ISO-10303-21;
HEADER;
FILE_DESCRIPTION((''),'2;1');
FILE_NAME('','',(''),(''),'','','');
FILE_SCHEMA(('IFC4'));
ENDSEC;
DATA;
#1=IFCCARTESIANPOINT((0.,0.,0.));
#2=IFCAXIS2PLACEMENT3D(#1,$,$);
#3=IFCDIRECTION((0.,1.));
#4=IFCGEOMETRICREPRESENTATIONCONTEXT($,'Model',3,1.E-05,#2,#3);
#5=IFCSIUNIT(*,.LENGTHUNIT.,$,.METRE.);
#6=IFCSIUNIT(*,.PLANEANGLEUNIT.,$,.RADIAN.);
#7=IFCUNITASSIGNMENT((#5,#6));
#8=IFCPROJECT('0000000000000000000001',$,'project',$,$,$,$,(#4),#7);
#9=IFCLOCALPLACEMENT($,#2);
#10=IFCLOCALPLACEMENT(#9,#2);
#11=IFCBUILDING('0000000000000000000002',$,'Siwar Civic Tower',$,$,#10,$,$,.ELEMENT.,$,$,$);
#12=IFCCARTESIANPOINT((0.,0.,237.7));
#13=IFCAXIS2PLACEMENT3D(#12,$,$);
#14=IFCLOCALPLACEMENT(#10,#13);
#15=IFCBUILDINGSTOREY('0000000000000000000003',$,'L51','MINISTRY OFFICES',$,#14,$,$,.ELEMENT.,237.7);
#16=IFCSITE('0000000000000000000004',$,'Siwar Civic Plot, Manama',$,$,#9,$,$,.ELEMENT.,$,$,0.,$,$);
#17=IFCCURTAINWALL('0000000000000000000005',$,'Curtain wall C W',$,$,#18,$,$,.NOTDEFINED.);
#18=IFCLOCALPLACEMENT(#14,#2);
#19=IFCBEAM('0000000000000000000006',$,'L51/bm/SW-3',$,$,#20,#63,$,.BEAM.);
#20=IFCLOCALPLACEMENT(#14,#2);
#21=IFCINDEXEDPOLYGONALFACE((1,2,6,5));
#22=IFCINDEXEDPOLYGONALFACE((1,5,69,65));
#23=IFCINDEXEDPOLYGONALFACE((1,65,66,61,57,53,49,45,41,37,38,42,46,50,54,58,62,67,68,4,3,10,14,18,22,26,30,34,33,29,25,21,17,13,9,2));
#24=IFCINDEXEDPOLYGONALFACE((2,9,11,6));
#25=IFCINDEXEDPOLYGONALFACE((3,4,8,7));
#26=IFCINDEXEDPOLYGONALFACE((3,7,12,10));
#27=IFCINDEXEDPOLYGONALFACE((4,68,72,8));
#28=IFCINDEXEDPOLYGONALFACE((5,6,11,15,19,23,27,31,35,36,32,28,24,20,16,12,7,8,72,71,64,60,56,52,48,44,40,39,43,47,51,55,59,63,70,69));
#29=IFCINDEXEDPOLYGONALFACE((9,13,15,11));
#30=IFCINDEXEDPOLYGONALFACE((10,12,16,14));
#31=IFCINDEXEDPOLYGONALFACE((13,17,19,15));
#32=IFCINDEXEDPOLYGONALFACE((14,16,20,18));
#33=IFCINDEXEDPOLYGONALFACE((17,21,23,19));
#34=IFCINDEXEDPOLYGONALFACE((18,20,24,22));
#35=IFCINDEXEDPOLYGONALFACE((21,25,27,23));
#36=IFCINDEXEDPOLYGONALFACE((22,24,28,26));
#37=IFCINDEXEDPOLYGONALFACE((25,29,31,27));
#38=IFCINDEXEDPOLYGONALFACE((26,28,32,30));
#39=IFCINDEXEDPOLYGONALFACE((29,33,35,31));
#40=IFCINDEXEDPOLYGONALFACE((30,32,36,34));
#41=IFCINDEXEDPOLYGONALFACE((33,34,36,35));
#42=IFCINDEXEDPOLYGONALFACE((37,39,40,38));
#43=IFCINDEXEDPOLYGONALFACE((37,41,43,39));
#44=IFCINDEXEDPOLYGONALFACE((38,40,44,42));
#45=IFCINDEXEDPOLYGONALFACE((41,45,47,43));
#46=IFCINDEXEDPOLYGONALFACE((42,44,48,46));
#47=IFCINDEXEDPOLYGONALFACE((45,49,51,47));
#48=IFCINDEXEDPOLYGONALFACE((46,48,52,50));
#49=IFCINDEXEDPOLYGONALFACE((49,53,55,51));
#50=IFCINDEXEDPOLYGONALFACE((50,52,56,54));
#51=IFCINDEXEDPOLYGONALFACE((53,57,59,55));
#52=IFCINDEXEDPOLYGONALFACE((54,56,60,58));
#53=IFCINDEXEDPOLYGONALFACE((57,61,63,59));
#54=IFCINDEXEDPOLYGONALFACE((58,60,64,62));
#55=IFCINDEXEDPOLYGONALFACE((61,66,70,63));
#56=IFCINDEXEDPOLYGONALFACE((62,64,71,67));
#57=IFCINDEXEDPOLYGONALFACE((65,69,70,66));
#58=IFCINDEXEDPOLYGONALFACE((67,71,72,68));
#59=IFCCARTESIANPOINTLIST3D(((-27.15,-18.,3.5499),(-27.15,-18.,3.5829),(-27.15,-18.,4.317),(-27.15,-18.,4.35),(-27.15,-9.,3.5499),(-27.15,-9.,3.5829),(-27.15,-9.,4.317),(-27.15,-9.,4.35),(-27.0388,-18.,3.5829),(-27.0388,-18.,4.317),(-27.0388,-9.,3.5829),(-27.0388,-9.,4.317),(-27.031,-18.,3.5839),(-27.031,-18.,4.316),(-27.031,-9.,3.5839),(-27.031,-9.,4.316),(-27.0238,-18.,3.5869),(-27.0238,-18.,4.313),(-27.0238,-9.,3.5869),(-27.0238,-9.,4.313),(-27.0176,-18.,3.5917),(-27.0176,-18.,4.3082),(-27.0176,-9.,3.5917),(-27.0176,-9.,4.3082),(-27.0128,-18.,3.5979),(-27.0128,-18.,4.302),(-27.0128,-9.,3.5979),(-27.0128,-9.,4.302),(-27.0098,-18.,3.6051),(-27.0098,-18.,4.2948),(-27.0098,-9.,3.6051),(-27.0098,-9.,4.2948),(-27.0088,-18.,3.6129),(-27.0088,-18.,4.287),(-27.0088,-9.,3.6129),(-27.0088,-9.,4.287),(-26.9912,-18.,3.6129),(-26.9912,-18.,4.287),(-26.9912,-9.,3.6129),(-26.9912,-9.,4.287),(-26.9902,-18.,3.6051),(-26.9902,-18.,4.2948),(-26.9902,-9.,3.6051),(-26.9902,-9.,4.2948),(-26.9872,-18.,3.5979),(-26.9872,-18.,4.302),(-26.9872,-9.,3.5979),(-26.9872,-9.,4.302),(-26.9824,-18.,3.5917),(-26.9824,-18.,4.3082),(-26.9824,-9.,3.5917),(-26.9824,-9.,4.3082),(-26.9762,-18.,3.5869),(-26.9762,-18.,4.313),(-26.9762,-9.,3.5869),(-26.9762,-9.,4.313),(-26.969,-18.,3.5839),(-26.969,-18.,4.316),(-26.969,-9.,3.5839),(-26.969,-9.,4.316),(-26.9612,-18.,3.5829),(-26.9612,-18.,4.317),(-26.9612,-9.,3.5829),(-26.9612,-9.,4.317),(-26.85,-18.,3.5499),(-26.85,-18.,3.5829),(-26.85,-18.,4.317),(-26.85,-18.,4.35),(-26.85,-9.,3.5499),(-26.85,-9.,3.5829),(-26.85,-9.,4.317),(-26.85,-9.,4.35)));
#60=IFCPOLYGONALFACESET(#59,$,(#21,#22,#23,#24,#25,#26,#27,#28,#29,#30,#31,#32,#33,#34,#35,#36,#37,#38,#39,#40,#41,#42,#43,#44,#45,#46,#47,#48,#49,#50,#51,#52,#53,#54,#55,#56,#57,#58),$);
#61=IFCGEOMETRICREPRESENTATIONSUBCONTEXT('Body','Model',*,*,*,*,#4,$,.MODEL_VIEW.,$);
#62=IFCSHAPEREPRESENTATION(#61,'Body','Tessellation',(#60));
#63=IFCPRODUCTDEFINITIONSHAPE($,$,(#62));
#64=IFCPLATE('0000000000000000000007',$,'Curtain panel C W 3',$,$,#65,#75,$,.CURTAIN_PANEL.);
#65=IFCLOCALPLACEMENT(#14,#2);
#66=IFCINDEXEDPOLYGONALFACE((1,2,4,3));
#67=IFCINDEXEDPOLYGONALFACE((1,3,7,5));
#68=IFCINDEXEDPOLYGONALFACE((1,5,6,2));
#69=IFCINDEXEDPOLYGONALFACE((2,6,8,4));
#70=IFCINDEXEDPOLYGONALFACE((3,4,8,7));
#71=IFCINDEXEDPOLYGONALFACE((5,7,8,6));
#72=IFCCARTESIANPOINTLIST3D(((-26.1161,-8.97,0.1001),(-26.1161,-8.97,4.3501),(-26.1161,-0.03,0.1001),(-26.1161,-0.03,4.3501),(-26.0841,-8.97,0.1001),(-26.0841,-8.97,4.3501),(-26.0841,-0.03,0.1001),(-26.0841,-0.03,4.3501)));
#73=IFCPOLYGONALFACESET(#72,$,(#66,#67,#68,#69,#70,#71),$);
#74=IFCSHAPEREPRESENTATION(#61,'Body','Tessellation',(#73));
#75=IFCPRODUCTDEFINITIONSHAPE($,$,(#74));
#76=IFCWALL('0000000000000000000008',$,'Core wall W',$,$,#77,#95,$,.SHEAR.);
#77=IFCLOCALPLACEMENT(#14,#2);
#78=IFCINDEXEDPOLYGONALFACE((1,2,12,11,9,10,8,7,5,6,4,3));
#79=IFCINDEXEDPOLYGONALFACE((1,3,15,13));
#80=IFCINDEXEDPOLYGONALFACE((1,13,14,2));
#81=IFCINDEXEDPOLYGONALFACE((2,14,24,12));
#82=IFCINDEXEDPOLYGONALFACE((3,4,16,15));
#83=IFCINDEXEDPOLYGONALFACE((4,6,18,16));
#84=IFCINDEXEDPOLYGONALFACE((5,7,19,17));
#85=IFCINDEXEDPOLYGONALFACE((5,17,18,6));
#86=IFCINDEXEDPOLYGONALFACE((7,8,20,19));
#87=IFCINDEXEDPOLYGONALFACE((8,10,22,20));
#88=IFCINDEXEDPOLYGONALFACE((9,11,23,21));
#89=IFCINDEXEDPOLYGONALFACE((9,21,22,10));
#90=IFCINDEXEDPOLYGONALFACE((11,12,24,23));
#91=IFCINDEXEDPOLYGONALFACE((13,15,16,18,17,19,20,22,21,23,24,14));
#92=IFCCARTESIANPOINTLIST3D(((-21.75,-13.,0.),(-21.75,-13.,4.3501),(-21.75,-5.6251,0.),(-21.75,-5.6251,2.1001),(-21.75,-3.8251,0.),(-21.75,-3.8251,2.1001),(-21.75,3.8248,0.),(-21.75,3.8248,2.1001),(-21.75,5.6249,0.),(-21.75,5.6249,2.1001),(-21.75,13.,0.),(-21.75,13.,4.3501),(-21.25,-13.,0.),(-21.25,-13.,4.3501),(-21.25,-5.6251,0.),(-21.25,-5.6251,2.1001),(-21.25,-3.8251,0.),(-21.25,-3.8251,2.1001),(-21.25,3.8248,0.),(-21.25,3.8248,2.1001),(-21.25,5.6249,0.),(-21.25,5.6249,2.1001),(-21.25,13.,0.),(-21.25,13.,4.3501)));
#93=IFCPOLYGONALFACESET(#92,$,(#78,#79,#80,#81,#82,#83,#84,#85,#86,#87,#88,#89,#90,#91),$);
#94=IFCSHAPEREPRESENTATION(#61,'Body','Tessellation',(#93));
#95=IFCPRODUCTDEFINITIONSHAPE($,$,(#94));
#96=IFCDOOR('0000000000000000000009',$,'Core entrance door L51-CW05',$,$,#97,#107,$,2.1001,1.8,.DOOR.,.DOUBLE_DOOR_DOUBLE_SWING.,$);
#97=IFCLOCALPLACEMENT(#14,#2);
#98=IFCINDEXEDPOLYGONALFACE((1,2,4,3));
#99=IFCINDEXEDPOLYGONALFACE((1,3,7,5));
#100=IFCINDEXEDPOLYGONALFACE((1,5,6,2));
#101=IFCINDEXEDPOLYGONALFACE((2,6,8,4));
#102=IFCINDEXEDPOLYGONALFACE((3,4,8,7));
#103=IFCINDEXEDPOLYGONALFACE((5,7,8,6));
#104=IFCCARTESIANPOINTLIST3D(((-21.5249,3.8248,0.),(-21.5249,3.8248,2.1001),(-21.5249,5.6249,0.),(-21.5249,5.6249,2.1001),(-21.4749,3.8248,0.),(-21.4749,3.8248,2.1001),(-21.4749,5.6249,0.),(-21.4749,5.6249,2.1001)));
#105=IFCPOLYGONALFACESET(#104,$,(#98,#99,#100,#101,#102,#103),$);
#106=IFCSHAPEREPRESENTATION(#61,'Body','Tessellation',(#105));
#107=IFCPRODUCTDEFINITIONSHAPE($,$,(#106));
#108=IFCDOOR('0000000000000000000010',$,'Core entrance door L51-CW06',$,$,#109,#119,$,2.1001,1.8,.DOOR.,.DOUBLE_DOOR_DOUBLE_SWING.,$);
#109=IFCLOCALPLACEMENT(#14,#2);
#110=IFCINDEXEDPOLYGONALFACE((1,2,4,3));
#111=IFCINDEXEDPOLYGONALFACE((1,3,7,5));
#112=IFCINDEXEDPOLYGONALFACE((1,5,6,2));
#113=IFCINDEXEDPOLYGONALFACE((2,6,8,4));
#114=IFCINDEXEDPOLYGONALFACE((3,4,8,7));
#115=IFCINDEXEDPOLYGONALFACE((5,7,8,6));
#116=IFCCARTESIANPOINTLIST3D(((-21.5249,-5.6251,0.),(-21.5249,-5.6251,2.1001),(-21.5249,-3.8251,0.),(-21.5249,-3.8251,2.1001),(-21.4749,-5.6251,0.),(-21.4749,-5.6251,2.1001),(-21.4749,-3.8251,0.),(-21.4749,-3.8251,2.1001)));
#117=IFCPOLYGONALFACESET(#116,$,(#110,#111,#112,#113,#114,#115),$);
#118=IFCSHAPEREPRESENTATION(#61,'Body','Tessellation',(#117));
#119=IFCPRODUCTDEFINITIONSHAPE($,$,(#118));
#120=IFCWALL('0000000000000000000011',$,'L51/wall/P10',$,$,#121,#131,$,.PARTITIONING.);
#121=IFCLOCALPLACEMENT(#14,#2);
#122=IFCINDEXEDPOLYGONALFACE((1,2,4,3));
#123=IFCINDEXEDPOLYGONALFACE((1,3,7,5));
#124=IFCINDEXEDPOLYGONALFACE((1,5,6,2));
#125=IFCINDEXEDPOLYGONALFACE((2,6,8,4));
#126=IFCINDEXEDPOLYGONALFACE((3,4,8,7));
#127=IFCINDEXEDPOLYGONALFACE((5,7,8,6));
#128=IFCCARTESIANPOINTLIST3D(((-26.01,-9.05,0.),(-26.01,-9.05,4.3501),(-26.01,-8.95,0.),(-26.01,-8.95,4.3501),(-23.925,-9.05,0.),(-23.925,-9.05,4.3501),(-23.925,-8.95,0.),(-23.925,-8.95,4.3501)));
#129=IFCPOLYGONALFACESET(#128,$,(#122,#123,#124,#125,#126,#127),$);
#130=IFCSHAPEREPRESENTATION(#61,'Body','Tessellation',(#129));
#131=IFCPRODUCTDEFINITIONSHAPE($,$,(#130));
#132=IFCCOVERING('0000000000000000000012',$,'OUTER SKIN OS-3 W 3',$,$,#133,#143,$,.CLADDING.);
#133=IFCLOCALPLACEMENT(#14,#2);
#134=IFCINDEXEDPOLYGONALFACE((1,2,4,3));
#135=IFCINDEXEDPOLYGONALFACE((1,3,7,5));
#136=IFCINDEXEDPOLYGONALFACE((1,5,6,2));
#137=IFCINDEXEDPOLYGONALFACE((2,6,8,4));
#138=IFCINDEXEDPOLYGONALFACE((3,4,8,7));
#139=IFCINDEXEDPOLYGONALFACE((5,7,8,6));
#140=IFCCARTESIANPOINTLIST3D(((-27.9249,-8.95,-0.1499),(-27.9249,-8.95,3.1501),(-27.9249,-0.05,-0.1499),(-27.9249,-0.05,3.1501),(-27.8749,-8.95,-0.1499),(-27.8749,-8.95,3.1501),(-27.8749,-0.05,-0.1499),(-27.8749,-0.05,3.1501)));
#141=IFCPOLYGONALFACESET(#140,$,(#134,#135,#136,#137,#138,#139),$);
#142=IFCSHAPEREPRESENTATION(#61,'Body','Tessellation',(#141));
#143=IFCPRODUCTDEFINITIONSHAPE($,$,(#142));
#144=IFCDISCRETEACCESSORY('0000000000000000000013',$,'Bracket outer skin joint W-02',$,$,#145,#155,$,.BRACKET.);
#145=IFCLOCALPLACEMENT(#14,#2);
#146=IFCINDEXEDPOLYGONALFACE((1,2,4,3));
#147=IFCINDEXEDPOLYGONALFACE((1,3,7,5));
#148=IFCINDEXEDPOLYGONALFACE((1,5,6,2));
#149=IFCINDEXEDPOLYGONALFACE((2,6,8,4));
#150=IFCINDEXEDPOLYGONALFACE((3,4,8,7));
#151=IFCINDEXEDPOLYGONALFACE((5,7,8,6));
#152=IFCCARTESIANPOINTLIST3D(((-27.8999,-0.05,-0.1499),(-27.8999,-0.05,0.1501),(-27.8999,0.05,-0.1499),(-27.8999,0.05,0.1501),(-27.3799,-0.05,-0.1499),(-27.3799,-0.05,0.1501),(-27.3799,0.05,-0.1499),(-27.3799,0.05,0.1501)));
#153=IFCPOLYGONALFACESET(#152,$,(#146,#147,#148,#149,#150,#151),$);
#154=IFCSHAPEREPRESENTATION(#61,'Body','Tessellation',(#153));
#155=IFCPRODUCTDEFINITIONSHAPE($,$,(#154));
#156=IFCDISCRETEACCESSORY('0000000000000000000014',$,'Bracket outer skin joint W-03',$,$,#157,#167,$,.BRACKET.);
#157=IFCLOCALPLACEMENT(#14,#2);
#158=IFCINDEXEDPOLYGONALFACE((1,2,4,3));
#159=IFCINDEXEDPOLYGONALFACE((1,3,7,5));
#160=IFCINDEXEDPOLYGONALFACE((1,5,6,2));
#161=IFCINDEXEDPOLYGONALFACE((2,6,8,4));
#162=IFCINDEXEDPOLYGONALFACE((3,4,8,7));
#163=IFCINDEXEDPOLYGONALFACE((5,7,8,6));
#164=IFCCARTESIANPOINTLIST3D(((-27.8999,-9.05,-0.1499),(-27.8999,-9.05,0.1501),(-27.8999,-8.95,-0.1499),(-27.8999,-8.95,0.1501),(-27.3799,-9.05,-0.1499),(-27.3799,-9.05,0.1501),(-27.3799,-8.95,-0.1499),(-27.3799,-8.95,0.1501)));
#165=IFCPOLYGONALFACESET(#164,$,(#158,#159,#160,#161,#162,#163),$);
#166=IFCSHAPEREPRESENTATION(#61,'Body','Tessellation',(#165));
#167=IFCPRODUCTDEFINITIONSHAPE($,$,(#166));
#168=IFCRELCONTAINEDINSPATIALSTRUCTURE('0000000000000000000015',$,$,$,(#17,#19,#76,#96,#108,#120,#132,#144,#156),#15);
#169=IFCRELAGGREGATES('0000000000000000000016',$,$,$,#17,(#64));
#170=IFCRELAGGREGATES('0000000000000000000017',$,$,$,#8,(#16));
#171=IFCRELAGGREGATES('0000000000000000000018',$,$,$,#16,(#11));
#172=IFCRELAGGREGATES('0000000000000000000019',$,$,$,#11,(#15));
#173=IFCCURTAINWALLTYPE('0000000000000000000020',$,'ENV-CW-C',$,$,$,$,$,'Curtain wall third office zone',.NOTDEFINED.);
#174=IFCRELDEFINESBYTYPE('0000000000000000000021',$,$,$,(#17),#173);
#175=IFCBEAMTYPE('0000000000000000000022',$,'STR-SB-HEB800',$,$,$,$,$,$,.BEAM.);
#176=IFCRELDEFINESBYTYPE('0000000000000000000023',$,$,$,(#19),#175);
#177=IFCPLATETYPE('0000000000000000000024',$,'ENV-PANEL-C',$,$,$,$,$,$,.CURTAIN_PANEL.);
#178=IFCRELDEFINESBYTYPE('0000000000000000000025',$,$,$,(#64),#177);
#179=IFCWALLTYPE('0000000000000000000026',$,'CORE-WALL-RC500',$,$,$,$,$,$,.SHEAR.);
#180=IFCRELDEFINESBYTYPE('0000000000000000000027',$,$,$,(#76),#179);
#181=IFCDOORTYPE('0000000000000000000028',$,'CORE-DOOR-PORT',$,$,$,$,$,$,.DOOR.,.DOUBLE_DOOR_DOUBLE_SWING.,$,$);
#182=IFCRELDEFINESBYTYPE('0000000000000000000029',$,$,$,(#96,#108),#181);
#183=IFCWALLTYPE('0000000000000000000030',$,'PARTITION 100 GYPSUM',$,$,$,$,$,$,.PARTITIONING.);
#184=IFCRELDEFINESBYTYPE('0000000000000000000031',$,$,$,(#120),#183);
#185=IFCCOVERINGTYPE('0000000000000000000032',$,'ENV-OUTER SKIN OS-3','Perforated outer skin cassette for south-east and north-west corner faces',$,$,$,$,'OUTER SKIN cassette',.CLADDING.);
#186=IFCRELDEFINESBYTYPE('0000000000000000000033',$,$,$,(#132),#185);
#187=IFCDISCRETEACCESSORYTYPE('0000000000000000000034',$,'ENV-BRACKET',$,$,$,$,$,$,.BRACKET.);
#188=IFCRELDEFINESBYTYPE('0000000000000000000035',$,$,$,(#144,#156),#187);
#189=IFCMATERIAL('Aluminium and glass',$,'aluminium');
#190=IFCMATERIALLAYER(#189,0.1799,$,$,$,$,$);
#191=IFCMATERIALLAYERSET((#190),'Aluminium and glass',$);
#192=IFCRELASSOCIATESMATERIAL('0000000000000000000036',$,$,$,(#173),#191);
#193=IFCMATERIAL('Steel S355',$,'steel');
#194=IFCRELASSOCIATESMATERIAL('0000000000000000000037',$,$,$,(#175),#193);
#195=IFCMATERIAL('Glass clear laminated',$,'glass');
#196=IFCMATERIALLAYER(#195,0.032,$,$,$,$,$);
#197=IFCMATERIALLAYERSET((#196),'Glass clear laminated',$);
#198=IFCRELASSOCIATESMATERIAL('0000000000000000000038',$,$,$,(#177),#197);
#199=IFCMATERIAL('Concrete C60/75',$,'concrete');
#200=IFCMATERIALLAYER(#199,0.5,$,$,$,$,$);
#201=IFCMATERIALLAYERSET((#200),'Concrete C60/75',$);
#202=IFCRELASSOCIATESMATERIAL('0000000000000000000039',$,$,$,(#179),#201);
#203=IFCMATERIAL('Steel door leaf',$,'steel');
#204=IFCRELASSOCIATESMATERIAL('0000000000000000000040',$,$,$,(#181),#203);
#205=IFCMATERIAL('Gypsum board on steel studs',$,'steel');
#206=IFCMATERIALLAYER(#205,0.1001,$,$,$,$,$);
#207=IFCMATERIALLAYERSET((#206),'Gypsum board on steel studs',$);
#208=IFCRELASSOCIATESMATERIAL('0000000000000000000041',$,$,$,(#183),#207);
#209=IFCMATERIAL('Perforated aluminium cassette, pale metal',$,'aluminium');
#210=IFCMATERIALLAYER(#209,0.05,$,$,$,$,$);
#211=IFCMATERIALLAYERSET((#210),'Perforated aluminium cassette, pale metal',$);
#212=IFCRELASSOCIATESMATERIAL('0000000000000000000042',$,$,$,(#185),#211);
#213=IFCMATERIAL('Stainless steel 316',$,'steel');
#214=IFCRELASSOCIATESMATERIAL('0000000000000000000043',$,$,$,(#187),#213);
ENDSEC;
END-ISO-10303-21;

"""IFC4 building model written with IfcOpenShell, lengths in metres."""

from ifc_helpers import new_model, si_unit, direction, frame, frame_2d, origin, origin_2d, place, context, subcontext, project, spatial, rectangle, i_section, extrude, material, layer, layer_set, material_profile, profile_set, type_object, element, fill, aggregate, save


model = new_model("IFC4")

# Units and contexts
model_context = context("Model", 3, precision=1e-05, world=origin(), true_north=direction((0.0, 1.0)))
body_context = subcontext(model_context, "Body", "Model", "MODEL_VIEW")
ifc_project = project(units=[si_unit("LENGTHUNIT", "METRE"), si_unit("PLANEANGLEUNIT", "RADIAN")], contexts=[model_context])

# Site, building, storey
site_placement = place(None, origin())
site = spatial("IfcSite", under=ifc_project, at=site_placement, Name="Siwar Civic Plot, Manama", CompositionType="ELEMENT", RefElevation=0.0)
building_placement = place(site_placement, origin())
building = spatial("IfcBuilding", under=site, at=building_placement, Name="Siwar Civic Tower", CompositionType="ELEMENT")
storey_placement = place(building_placement, frame((0.0, 0.0, 237.7)))
storey = spatial("IfcBuildingStorey", under=building, at=storey_placement, Name="L51", Description="MINISTRY OFFICES", CompositionType="ELEMENT", Elevation=237.7)

# Curtain wall
ifc_material_1 = material(Name="Aluminium and glass", Category="aluminium")
ifc_layer_1 = layer(ifc_material_1, 0.1799)
ifc_layer_set_1 = layer_set([ifc_layer_1], Name="Aluminium and glass")
curtain_wall_type = type_object("IfcCurtainWallType", Name="ENV-CW-C", ElementType="Curtain wall third office zone", PredefinedType="NOTDEFINED", material=ifc_layer_set_1)
curtain_wall_placement = place(storey_placement, origin())
curtain_wall = element("IfcCurtainWall", 1, at=curtain_wall_placement, inside=storey, type_object=curtain_wall_type, Name="Curtain wall C W", PredefinedType="NOTDEFINED")

# Beam
ifc_material_2 = material(Name="Steel S355", Category="steel")
ifc_material_profile_1 = material_profile(ifc_material_2, i_section(OverallWidth=0.3, OverallDepth=0.8, WebThickness=0.0176, FlangeThickness=0.033, FilletRadius=0.03, at=origin_2d()), Name="HEB800")
ifc_profile_set_1 = profile_set([ifc_material_profile_1], Name="Steel S355")
beam_type_1 = type_object("IfcBeamType", Name="STR-SB-HEB800", PredefinedType="BEAM", material=ifc_profile_set_1)
beam_placement = place(storey_placement, frame((-27.0, -9.0, 3.95), z_axis=(0.0, -1.0, 0.0), x_axis=(1.0, 0.0, 0.0)))
element("IfcBeam", 2, at=beam_placement, inside=storey, type_object=beam_type_1, Name="L51/bm/SW-3", PredefinedType="BEAM", context=body_context, shape_type="SweptSolid", body=[
    extrude(i_section(OverallWidth=0.3, OverallDepth=0.8, WebThickness=0.0176, FlangeThickness=0.033, FilletRadius=0.03, at=origin_2d()), origin(), (0.0, 0.0, 1.0), 9.0),
])

# Plate
ifc_material_3 = material(Name="Glass clear laminated", Category="glass")
ifc_layer_2 = layer(ifc_material_3, 0.032)
ifc_layer_set_2 = layer_set([ifc_layer_2], Name="Glass clear laminated")
plate_type = type_object("IfcPlateType", Name="ENV-PANEL-C", PredefinedType="CURTAIN_PANEL", material=ifc_layer_set_2)
plate_placement = place(storey_placement, frame((-26.1001, -4.5, 0.1001), z_axis=(0.0, 0.0, 1.0), x_axis=(0.0, -1.0, 0.0)))
plate = element("IfcPlate", 3, at=plate_placement, type_object=plate_type, Name="Curtain panel C W 3", PredefinedType="CURTAIN_PANEL", context=body_context, shape_type="SweptSolid", body=[
    extrude(rectangle(XDim=8.9399, YDim=0.032, at=origin_2d()), origin(), (0.0, 0.0, 1.0), 4.25),
])
aggregate(curtain_wall, [plate])

# Wall, openings, doors
ifc_material_4 = material(Name="Concrete C60/75", Category="concrete")
ifc_layer_3 = layer(ifc_material_4, 0.5)
ifc_layer_set_3 = layer_set([ifc_layer_3], Name="Concrete C60/75")
wall_type_1 = type_object("IfcWallType", Name="CORE-WALL-RC500", PredefinedType="SHEAR", material=ifc_layer_set_3)
wall_1_placement = place(storey_placement, frame((-21.5, -13.0, 0.0), z_axis=(0.0, 0.0, 1.0), x_axis=(0.0, 1.0, 0.0)))
wall_1 = element("IfcWall", 4, at=wall_1_placement, inside=storey, type_object=wall_type_1, Name="Core wall W", PredefinedType="SHEAR", context=body_context, shape_type="SweptSolid", body=[
    extrude(rectangle(XDim=26.0, YDim=0.5, at=frame_2d((13.0, 0.0))), origin(), (0.0, 0.0, 1.0), 4.3501),
])
opening_1_placement = place(wall_1_placement, frame((16.825, 0.0, 0.0)))
opening_1 = element("IfcOpeningElement", 5, at=opening_1_placement, cuts=wall_1, PredefinedType="OPENING", context=body_context, shape_type="SweptSolid", body=[
    extrude(rectangle(XDim=1.8, YDim=2.1001, at=frame_2d((0.8999, 1.05))), frame((0.0, 0.26, 0.0), z_axis=(0.0, -1.0, 0.0), x_axis=(1.0, 0.0, 0.0)), (0.0, 0.0, 1.0), 0.52),
])
opening_2_placement = place(wall_1_placement, frame((7.375, 0.0, 0.0)))
opening_2 = element("IfcOpeningElement", 6, at=opening_2_placement, cuts=wall_1, PredefinedType="OPENING", context=body_context, shape_type="SweptSolid", body=[
    extrude(rectangle(XDim=1.8, YDim=2.1001, at=frame_2d((0.8999, 1.05))), frame((0.0, 0.26, 0.0), z_axis=(0.0, -1.0, 0.0), x_axis=(1.0, 0.0, 0.0)), (0.0, 0.0, 1.0), 0.52),
])
ifc_material_5 = material(Name="Steel door leaf", Category="steel")
door_type = type_object("IfcDoorType", Name="CORE-DOOR-PORT", OperationType="DOUBLE_DOOR_DOUBLE_SWING", PredefinedType="DOOR", material=ifc_material_5)
door_1_placement = place(opening_1_placement, origin())
door_1 = element("IfcDoor", 7, at=door_1_placement, inside=storey, type_object=door_type, Name="Core entrance door L51-CW05", OperationType="DOUBLE_DOOR_DOUBLE_SWING", OverallHeight=2.1001, OverallWidth=1.8, PredefinedType="DOOR", context=body_context, shape_type="SweptSolid", body=[
    extrude(rectangle(XDim=1.8, YDim=2.1001, at=frame_2d((0.8999, 1.05))), frame((0.0, 0.0249, 0.0), z_axis=(0.0, -1.0, 0.0), x_axis=(1.0, 0.0, 0.0)), (0.0, 0.0, 1.0), 0.05),
])
fill(opening_1, door_1)
door_2_placement = place(opening_2_placement, origin())
door_2 = element("IfcDoor", 8, at=door_2_placement, inside=storey, type_object=door_type, Name="Core entrance door L51-CW06", OperationType="DOUBLE_DOOR_DOUBLE_SWING", OverallHeight=2.1001, OverallWidth=1.8, PredefinedType="DOOR", context=body_context, shape_type="SweptSolid", body=[
    extrude(rectangle(XDim=1.8, YDim=2.1001, at=frame_2d((0.8999, 1.05))), frame((0.0, 0.0249, 0.0), z_axis=(0.0, -1.0, 0.0), x_axis=(1.0, 0.0, 0.0)), (0.0, 0.0, 1.0), 0.05),
])
fill(opening_2, door_2)

# Wall
ifc_material_6 = material(Name="Gypsum board on steel studs", Category="steel")
ifc_layer_4 = layer(ifc_material_6, 0.1001)
ifc_layer_set_4 = layer_set([ifc_layer_4], Name="Gypsum board on steel studs")
wall_type_2 = type_object("IfcWallType", Name="PARTITION 100 GYPSUM", PredefinedType="PARTITIONING", material=ifc_layer_set_4)
wall_2_placement = place(storey_placement, frame((-26.01, -9.0, 0.0), z_axis=(0.0, 0.0, 1.0), x_axis=(1.0, 0.0, 0.0)))
element("IfcWall", 9, at=wall_2_placement, inside=storey, type_object=wall_type_2, Name="L51/wall/P10", PredefinedType="PARTITIONING", context=body_context, shape_type="SweptSolid", body=[
    extrude(rectangle(XDim=2.085, YDim=0.1001, at=frame_2d((1.0425, 0.0))), origin(), (0.0, 0.0, 1.0), 4.3501),
])

# Covering
ifc_material_7 = material(Name="Perforated aluminium cassette, pale metal", Category="aluminium")
ifc_layer_5 = layer(ifc_material_7, 0.05)
ifc_layer_set_5 = layer_set([ifc_layer_5], Name="Perforated aluminium cassette, pale metal")
covering_type = type_object("IfcCoveringType", Name="ENV-OUTER SKIN OS-3", Description="Perforated outer skin cassette for south-east and north-west corner faces", ElementType="OUTER SKIN cassette", PredefinedType="CLADDING", material=ifc_layer_set_5)
covering_placement = place(storey_placement, frame((-27.8999, -4.5, -0.1499), z_axis=(0.0, 0.0, 1.0), x_axis=(0.0, -1.0, 0.0)))
element("IfcCovering", 10, at=covering_placement, inside=storey, type_object=covering_type, Name="OUTER SKIN OS-3 W 3", PredefinedType="CLADDING", context=body_context, shape_type="SweptSolid", body=[
    extrude(rectangle(XDim=8.8999, YDim=0.05, at=origin_2d()), origin(), (0.0, 0.0, 1.0), 3.3),
])

# Discrete accessories
ifc_material_8 = material(Name="Stainless steel 316", Category="steel")
discrete_accessory_type = type_object("IfcDiscreteAccessoryType", Name="ENV-BRACKET", PredefinedType="BRACKET", material=ifc_material_8)
for number, where, z_axis, x_axis, name in (
    (11, (-27.6399, 0.0, -0.1499), (0.0, 0.0, 1.0), (-1.0, 0.0, 0.0), "Bracket outer skin joint W-02"),
    (12, (-27.6399, -9.0, -0.1499), (0.0, 0.0, 1.0), (-1.0, 0.0, 0.0), "Bracket outer skin joint W-03"),
):
    element("IfcDiscreteAccessory", number, at=place(storey_placement, frame(where, z_axis=z_axis, x_axis=x_axis)), inside=storey, type_object=discrete_accessory_type, Name=name, PredefinedType="BRACKET", context=body_context, shape_type="SweptSolid", body=[
        extrude(rectangle(XDim=0.52, YDim=0.1001, at=origin_2d()), origin(), (0.0, 0.0, 1.0), 0.3),
    ])

save(model, "model.ifc")
